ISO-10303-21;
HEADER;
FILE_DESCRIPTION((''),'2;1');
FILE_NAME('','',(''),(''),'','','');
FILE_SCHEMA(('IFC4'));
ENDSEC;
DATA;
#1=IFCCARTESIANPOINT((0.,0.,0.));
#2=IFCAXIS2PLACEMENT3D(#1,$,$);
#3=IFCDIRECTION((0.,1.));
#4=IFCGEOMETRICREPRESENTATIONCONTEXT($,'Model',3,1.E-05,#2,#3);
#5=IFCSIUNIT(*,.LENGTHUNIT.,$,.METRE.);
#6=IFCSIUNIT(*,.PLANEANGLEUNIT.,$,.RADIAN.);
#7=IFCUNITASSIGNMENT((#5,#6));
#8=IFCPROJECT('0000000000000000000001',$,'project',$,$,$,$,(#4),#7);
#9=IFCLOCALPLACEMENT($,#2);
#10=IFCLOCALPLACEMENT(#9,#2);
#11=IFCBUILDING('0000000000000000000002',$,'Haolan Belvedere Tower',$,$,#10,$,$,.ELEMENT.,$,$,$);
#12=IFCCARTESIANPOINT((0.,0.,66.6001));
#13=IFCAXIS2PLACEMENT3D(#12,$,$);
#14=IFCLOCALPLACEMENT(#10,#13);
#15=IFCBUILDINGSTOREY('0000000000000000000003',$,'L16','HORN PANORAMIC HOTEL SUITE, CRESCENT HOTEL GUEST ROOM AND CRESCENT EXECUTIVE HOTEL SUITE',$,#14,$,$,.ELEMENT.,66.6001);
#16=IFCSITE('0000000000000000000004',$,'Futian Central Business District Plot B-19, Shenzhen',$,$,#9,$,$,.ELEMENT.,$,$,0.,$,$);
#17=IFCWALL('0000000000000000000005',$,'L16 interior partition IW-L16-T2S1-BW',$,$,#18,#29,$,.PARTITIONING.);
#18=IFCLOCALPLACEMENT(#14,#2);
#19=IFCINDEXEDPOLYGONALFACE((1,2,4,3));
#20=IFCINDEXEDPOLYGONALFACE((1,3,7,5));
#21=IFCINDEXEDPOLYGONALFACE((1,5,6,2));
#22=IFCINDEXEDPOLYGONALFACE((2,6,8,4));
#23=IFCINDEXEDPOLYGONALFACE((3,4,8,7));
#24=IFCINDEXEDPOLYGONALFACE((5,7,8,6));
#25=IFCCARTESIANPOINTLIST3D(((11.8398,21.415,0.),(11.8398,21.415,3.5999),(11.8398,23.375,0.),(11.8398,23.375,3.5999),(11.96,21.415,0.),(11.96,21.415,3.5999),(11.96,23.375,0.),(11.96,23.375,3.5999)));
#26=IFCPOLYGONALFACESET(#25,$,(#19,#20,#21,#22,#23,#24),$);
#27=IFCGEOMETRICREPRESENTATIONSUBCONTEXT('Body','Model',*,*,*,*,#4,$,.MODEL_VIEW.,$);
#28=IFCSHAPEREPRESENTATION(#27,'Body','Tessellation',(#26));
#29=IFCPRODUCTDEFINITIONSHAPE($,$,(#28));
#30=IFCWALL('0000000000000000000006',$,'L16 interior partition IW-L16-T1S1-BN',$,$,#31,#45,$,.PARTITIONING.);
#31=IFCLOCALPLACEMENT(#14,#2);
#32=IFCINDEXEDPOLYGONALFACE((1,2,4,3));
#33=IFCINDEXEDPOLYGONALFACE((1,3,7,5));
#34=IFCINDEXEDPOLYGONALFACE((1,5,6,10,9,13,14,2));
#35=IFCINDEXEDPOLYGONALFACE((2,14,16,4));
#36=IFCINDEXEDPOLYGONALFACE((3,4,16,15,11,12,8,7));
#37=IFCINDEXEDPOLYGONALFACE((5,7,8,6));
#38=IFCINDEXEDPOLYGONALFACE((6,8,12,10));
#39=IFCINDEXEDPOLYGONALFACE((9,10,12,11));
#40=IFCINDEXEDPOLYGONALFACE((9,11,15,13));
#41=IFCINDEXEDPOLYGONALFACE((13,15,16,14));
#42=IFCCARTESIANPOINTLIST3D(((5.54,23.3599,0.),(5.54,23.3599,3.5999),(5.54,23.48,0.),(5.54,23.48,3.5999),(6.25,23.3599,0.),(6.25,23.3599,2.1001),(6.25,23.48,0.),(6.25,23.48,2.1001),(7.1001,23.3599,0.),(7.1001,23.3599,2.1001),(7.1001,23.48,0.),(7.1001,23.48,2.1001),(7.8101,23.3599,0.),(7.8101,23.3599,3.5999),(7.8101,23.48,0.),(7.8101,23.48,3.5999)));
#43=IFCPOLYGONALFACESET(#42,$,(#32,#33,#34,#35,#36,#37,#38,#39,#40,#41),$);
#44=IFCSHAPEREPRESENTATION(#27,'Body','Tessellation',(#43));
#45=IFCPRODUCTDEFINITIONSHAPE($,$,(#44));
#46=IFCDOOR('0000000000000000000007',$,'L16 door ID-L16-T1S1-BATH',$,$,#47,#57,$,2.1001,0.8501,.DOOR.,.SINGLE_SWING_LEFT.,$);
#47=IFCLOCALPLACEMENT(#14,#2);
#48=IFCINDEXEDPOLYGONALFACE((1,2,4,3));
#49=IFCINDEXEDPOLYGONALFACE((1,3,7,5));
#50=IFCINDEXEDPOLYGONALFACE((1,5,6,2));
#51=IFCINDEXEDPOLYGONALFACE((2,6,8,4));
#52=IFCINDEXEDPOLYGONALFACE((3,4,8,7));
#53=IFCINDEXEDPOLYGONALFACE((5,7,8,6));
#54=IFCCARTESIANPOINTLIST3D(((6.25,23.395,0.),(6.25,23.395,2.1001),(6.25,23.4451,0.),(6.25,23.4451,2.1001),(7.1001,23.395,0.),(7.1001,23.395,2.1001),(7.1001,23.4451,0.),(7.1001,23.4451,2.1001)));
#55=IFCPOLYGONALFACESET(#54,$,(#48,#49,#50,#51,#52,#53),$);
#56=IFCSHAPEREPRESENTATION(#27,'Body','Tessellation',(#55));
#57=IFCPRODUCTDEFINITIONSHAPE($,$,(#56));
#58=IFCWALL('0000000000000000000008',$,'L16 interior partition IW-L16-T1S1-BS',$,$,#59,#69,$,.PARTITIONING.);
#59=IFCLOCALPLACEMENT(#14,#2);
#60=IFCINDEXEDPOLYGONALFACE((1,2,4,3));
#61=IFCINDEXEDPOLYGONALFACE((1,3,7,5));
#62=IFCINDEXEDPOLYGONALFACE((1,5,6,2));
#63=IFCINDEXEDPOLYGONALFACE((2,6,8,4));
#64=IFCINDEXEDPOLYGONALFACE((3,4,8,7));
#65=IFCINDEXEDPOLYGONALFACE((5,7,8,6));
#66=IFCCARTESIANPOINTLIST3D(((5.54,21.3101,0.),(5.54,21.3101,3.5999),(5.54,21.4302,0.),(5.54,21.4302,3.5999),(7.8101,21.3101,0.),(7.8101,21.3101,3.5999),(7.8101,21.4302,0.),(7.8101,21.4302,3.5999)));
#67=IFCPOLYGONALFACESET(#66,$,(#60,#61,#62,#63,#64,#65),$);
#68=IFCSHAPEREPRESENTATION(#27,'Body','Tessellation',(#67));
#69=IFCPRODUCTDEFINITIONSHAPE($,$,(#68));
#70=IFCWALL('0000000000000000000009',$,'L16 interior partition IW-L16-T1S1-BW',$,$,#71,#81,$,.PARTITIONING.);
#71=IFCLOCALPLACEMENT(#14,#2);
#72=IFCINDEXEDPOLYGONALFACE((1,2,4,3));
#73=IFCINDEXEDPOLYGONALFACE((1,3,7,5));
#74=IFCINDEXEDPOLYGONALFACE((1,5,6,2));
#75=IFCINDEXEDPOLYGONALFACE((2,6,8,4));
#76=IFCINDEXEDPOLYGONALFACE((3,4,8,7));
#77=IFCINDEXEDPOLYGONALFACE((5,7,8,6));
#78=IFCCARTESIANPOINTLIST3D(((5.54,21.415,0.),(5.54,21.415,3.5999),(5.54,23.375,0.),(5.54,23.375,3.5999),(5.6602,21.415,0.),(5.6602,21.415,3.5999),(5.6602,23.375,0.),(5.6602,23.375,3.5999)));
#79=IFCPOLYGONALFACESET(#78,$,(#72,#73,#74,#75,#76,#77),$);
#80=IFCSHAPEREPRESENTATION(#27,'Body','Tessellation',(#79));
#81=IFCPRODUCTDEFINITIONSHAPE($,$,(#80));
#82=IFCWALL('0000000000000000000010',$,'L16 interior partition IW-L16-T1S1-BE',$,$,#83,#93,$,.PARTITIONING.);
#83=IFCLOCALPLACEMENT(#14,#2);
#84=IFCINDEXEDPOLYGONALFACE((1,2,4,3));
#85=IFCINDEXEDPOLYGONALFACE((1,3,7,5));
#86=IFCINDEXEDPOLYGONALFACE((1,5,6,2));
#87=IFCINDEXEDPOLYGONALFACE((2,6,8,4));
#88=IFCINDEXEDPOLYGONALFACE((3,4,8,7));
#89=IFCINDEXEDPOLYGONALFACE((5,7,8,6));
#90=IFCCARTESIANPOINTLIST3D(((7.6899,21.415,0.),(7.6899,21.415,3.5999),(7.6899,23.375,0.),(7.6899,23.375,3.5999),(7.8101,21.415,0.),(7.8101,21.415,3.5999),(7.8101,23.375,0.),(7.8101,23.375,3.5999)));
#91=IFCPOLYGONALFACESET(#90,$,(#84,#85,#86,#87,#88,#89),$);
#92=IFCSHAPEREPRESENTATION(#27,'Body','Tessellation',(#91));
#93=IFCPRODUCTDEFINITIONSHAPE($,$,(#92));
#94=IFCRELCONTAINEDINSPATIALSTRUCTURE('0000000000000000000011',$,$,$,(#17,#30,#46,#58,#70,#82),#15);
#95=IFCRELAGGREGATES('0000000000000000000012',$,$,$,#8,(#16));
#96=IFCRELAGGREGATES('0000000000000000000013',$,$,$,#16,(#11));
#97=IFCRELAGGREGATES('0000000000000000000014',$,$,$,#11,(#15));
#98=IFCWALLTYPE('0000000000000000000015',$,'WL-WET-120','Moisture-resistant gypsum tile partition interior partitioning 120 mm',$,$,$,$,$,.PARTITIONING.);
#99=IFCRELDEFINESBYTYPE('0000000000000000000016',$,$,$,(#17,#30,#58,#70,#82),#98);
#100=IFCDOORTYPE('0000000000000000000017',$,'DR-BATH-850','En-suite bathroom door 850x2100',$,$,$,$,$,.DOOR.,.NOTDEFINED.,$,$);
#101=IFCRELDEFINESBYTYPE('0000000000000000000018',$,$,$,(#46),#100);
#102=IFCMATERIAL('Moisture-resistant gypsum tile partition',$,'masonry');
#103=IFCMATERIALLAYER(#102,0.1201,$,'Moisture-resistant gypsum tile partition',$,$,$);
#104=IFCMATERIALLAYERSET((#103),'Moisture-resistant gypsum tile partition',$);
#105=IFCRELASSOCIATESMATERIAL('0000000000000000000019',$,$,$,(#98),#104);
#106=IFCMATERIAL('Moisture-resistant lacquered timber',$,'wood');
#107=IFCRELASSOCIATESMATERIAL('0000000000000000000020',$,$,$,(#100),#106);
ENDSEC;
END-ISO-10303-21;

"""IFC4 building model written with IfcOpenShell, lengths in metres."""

from ifc_helpers import new_model, si_unit, direction, frame, frame_2d, origin, place, context, subcontext, project, spatial, rectangle, extrude, material, layer, layer_set, type_object, element, fill, save


model = new_model("IFC4")

# Units and contexts
model_context = context("Model", 3, precision=1e-05, world=origin(), true_north=direction((0.0, 1.0)))
body_context = subcontext(model_context, "Body", "Model", "MODEL_VIEW")
ifc_project = project(units=[si_unit("LENGTHUNIT", "METRE"), si_unit("PLANEANGLEUNIT", "RADIAN")], contexts=[model_context])

# Site, building, storey
site_placement = place(None, origin())
site = spatial("IfcSite", under=ifc_project, at=site_placement, Name="Futian Central Business District Plot B-19, Shenzhen", CompositionType="ELEMENT", RefElevation=0.0)
building_placement = place(site_placement, origin())
building = spatial("IfcBuilding", under=site, at=building_placement, Name="Haolan Belvedere Tower", CompositionType="ELEMENT")
storey_placement = place(building_placement, frame((0.0, 0.0, 66.6001)))
storey = spatial("IfcBuildingStorey", under=building, at=storey_placement, Name="L16", Description="HORN PANORAMIC HOTEL SUITE, CRESCENT HOTEL GUEST ROOM AND CRESCENT EXECUTIVE HOTEL SUITE", CompositionType="ELEMENT", Elevation=66.6001)

# Wall
ifc_material_1 = material(Name="Moisture-resistant gypsum tile partition", Category="masonry")
ifc_layer_1 = layer(ifc_material_1, 0.1201, Name="Moisture-resistant gypsum tile partition")
ifc_layer_set_1 = layer_set([ifc_layer_1], Name="Moisture-resistant gypsum tile partition")
wall_type_1 = type_object("IfcWallType", Name="WL-WET-120", Description="Moisture-resistant gypsum tile partition interior partitioning 120 mm", PredefinedType="PARTITIONING", material=ifc_layer_set_1)
wall_1_placement = place(storey_placement, frame((11.8999, 21.415, 0.0), z_axis=(0.0, 0.0, 1.0), x_axis=(0.0, 1.0, 0.0)))
element("IfcWall", 1, at=wall_1_placement, inside=storey, type_object=wall_type_1, Name="L16 interior partition IW-L16-T2S1-BW", PredefinedType="PARTITIONING", context=body_context, shape_type="SweptSolid", body=[
    extrude(rectangle(XDim=1.96, YDim=0.1201, at=frame_2d((0.98, 0.0))), origin(), (0.0, 0.0, 1.0), 3.5999),
])

# Wall, opening, door
wall_2_placement = place(storey_placement, frame((5.54, 23.4199, 0.0), z_axis=(0.0, 0.0, 1.0), x_axis=(1.0, 0.0, 0.0)))
wall_2 = element("IfcWall", 2, at=wall_2_placement, inside=storey, type_object=wall_type_1, Name="L16 interior partition IW-L16-T1S1-BN", PredefinedType="PARTITIONING", context=body_context, shape_type="SweptSolid", body=[
    extrude(rectangle(XDim=2.27, YDim=0.1201, at=frame_2d((1.135, 0.0))), origin(), (0.0, 0.0, 1.0), 3.5999),
])
opening_1_placement = place(wall_2_placement, frame((1.5601, 0.0, 0.0), z_axis=(0.0, 0.0, 1.0), x_axis=(-1.0, 0.0, 0.0)))
opening_1 = element("IfcOpeningElement", 3, at=opening_1_placement, cuts=wall_2, PredefinedType="OPENING", context=body_context, shape_type="SweptSolid", body=[
    extrude(rectangle(XDim=0.8501, YDim=2.1001, at=frame_2d((0.425, 1.05))), frame((0.0, 0.0701, 0.0), z_axis=(0.0, -1.0, 0.0), x_axis=(1.0, 0.0, 0.0)), (0.0, 0.0, 1.0), 0.1401),
])
ifc_material_2 = material(Name="Moisture-resistant lacquered timber", Category="wood")
door_type_1 = type_object("IfcDoorType", Name="DR-BATH-850", Description="En-suite bathroom door 850x2100", OperationType="NOTDEFINED", PredefinedType="DOOR", material=ifc_material_2)
door_1_placement = place(opening_1_placement, origin())
door_1 = element("IfcDoor", 4, at=door_1_placement, inside=storey, type_object=door_type_1, Name="L16 door ID-L16-T1S1-BATH", OperationType="SINGLE_SWING_LEFT", OverallHeight=2.1001, OverallWidth=0.8501, PredefinedType="DOOR", context=body_context, shape_type="SweptSolid", body=[
    extrude(rectangle(XDim=0.8501, YDim=2.1001, at=frame_2d((0.425, 1.05))), frame((0.0, 0.0249, 0.0), z_axis=(0.0, -1.0, 0.0), x_axis=(1.0, 0.0, 0.0)), (0.0, 0.0, 1.0), 0.05),
])
fill(opening_1, door_1)

# Walls
wall_3_placement = place(storey_placement, frame((5.54, 21.3701, 0.0), z_axis=(0.0, 0.0, 1.0), x_axis=(1.0, 0.0, 0.0)))
element("IfcWall", 5, at=wall_3_placement, inside=storey, type_object=wall_type_1, Name="L16 interior partition IW-L16-T1S1-BS", PredefinedType="PARTITIONING", context=body_context, shape_type="SweptSolid", body=[
    extrude(rectangle(XDim=2.27, YDim=0.1201, at=frame_2d((1.135, 0.0))), origin(), (0.0, 0.0, 1.0), 3.5999),
])
for number, where, z_axis, x_axis, name in (
    (6, (5.6001, 21.415, 0.0), (0.0, 0.0, 1.0), (0.0, 1.0, 0.0), "L16 interior partition IW-L16-T1S1-BW"),
    (7, (7.75, 21.415, 0.0), (0.0, 0.0, 1.0), (0.0, 1.0, 0.0), "L16 interior partition IW-L16-T1S1-BE"),
):
    element("IfcWall", number, at=place(storey_placement, frame(where, z_axis=z_axis, x_axis=x_axis)), inside=storey, type_object=wall_type_1, Name=name, PredefinedType="PARTITIONING", context=body_context, shape_type="SweptSolid", body=[
        extrude(rectangle(XDim=1.96, YDim=0.1201, at=frame_2d((0.98, 0.0))), origin(), (0.0, 0.0, 1.0), 3.5999),
    ])

save(model, "model.ifc")
